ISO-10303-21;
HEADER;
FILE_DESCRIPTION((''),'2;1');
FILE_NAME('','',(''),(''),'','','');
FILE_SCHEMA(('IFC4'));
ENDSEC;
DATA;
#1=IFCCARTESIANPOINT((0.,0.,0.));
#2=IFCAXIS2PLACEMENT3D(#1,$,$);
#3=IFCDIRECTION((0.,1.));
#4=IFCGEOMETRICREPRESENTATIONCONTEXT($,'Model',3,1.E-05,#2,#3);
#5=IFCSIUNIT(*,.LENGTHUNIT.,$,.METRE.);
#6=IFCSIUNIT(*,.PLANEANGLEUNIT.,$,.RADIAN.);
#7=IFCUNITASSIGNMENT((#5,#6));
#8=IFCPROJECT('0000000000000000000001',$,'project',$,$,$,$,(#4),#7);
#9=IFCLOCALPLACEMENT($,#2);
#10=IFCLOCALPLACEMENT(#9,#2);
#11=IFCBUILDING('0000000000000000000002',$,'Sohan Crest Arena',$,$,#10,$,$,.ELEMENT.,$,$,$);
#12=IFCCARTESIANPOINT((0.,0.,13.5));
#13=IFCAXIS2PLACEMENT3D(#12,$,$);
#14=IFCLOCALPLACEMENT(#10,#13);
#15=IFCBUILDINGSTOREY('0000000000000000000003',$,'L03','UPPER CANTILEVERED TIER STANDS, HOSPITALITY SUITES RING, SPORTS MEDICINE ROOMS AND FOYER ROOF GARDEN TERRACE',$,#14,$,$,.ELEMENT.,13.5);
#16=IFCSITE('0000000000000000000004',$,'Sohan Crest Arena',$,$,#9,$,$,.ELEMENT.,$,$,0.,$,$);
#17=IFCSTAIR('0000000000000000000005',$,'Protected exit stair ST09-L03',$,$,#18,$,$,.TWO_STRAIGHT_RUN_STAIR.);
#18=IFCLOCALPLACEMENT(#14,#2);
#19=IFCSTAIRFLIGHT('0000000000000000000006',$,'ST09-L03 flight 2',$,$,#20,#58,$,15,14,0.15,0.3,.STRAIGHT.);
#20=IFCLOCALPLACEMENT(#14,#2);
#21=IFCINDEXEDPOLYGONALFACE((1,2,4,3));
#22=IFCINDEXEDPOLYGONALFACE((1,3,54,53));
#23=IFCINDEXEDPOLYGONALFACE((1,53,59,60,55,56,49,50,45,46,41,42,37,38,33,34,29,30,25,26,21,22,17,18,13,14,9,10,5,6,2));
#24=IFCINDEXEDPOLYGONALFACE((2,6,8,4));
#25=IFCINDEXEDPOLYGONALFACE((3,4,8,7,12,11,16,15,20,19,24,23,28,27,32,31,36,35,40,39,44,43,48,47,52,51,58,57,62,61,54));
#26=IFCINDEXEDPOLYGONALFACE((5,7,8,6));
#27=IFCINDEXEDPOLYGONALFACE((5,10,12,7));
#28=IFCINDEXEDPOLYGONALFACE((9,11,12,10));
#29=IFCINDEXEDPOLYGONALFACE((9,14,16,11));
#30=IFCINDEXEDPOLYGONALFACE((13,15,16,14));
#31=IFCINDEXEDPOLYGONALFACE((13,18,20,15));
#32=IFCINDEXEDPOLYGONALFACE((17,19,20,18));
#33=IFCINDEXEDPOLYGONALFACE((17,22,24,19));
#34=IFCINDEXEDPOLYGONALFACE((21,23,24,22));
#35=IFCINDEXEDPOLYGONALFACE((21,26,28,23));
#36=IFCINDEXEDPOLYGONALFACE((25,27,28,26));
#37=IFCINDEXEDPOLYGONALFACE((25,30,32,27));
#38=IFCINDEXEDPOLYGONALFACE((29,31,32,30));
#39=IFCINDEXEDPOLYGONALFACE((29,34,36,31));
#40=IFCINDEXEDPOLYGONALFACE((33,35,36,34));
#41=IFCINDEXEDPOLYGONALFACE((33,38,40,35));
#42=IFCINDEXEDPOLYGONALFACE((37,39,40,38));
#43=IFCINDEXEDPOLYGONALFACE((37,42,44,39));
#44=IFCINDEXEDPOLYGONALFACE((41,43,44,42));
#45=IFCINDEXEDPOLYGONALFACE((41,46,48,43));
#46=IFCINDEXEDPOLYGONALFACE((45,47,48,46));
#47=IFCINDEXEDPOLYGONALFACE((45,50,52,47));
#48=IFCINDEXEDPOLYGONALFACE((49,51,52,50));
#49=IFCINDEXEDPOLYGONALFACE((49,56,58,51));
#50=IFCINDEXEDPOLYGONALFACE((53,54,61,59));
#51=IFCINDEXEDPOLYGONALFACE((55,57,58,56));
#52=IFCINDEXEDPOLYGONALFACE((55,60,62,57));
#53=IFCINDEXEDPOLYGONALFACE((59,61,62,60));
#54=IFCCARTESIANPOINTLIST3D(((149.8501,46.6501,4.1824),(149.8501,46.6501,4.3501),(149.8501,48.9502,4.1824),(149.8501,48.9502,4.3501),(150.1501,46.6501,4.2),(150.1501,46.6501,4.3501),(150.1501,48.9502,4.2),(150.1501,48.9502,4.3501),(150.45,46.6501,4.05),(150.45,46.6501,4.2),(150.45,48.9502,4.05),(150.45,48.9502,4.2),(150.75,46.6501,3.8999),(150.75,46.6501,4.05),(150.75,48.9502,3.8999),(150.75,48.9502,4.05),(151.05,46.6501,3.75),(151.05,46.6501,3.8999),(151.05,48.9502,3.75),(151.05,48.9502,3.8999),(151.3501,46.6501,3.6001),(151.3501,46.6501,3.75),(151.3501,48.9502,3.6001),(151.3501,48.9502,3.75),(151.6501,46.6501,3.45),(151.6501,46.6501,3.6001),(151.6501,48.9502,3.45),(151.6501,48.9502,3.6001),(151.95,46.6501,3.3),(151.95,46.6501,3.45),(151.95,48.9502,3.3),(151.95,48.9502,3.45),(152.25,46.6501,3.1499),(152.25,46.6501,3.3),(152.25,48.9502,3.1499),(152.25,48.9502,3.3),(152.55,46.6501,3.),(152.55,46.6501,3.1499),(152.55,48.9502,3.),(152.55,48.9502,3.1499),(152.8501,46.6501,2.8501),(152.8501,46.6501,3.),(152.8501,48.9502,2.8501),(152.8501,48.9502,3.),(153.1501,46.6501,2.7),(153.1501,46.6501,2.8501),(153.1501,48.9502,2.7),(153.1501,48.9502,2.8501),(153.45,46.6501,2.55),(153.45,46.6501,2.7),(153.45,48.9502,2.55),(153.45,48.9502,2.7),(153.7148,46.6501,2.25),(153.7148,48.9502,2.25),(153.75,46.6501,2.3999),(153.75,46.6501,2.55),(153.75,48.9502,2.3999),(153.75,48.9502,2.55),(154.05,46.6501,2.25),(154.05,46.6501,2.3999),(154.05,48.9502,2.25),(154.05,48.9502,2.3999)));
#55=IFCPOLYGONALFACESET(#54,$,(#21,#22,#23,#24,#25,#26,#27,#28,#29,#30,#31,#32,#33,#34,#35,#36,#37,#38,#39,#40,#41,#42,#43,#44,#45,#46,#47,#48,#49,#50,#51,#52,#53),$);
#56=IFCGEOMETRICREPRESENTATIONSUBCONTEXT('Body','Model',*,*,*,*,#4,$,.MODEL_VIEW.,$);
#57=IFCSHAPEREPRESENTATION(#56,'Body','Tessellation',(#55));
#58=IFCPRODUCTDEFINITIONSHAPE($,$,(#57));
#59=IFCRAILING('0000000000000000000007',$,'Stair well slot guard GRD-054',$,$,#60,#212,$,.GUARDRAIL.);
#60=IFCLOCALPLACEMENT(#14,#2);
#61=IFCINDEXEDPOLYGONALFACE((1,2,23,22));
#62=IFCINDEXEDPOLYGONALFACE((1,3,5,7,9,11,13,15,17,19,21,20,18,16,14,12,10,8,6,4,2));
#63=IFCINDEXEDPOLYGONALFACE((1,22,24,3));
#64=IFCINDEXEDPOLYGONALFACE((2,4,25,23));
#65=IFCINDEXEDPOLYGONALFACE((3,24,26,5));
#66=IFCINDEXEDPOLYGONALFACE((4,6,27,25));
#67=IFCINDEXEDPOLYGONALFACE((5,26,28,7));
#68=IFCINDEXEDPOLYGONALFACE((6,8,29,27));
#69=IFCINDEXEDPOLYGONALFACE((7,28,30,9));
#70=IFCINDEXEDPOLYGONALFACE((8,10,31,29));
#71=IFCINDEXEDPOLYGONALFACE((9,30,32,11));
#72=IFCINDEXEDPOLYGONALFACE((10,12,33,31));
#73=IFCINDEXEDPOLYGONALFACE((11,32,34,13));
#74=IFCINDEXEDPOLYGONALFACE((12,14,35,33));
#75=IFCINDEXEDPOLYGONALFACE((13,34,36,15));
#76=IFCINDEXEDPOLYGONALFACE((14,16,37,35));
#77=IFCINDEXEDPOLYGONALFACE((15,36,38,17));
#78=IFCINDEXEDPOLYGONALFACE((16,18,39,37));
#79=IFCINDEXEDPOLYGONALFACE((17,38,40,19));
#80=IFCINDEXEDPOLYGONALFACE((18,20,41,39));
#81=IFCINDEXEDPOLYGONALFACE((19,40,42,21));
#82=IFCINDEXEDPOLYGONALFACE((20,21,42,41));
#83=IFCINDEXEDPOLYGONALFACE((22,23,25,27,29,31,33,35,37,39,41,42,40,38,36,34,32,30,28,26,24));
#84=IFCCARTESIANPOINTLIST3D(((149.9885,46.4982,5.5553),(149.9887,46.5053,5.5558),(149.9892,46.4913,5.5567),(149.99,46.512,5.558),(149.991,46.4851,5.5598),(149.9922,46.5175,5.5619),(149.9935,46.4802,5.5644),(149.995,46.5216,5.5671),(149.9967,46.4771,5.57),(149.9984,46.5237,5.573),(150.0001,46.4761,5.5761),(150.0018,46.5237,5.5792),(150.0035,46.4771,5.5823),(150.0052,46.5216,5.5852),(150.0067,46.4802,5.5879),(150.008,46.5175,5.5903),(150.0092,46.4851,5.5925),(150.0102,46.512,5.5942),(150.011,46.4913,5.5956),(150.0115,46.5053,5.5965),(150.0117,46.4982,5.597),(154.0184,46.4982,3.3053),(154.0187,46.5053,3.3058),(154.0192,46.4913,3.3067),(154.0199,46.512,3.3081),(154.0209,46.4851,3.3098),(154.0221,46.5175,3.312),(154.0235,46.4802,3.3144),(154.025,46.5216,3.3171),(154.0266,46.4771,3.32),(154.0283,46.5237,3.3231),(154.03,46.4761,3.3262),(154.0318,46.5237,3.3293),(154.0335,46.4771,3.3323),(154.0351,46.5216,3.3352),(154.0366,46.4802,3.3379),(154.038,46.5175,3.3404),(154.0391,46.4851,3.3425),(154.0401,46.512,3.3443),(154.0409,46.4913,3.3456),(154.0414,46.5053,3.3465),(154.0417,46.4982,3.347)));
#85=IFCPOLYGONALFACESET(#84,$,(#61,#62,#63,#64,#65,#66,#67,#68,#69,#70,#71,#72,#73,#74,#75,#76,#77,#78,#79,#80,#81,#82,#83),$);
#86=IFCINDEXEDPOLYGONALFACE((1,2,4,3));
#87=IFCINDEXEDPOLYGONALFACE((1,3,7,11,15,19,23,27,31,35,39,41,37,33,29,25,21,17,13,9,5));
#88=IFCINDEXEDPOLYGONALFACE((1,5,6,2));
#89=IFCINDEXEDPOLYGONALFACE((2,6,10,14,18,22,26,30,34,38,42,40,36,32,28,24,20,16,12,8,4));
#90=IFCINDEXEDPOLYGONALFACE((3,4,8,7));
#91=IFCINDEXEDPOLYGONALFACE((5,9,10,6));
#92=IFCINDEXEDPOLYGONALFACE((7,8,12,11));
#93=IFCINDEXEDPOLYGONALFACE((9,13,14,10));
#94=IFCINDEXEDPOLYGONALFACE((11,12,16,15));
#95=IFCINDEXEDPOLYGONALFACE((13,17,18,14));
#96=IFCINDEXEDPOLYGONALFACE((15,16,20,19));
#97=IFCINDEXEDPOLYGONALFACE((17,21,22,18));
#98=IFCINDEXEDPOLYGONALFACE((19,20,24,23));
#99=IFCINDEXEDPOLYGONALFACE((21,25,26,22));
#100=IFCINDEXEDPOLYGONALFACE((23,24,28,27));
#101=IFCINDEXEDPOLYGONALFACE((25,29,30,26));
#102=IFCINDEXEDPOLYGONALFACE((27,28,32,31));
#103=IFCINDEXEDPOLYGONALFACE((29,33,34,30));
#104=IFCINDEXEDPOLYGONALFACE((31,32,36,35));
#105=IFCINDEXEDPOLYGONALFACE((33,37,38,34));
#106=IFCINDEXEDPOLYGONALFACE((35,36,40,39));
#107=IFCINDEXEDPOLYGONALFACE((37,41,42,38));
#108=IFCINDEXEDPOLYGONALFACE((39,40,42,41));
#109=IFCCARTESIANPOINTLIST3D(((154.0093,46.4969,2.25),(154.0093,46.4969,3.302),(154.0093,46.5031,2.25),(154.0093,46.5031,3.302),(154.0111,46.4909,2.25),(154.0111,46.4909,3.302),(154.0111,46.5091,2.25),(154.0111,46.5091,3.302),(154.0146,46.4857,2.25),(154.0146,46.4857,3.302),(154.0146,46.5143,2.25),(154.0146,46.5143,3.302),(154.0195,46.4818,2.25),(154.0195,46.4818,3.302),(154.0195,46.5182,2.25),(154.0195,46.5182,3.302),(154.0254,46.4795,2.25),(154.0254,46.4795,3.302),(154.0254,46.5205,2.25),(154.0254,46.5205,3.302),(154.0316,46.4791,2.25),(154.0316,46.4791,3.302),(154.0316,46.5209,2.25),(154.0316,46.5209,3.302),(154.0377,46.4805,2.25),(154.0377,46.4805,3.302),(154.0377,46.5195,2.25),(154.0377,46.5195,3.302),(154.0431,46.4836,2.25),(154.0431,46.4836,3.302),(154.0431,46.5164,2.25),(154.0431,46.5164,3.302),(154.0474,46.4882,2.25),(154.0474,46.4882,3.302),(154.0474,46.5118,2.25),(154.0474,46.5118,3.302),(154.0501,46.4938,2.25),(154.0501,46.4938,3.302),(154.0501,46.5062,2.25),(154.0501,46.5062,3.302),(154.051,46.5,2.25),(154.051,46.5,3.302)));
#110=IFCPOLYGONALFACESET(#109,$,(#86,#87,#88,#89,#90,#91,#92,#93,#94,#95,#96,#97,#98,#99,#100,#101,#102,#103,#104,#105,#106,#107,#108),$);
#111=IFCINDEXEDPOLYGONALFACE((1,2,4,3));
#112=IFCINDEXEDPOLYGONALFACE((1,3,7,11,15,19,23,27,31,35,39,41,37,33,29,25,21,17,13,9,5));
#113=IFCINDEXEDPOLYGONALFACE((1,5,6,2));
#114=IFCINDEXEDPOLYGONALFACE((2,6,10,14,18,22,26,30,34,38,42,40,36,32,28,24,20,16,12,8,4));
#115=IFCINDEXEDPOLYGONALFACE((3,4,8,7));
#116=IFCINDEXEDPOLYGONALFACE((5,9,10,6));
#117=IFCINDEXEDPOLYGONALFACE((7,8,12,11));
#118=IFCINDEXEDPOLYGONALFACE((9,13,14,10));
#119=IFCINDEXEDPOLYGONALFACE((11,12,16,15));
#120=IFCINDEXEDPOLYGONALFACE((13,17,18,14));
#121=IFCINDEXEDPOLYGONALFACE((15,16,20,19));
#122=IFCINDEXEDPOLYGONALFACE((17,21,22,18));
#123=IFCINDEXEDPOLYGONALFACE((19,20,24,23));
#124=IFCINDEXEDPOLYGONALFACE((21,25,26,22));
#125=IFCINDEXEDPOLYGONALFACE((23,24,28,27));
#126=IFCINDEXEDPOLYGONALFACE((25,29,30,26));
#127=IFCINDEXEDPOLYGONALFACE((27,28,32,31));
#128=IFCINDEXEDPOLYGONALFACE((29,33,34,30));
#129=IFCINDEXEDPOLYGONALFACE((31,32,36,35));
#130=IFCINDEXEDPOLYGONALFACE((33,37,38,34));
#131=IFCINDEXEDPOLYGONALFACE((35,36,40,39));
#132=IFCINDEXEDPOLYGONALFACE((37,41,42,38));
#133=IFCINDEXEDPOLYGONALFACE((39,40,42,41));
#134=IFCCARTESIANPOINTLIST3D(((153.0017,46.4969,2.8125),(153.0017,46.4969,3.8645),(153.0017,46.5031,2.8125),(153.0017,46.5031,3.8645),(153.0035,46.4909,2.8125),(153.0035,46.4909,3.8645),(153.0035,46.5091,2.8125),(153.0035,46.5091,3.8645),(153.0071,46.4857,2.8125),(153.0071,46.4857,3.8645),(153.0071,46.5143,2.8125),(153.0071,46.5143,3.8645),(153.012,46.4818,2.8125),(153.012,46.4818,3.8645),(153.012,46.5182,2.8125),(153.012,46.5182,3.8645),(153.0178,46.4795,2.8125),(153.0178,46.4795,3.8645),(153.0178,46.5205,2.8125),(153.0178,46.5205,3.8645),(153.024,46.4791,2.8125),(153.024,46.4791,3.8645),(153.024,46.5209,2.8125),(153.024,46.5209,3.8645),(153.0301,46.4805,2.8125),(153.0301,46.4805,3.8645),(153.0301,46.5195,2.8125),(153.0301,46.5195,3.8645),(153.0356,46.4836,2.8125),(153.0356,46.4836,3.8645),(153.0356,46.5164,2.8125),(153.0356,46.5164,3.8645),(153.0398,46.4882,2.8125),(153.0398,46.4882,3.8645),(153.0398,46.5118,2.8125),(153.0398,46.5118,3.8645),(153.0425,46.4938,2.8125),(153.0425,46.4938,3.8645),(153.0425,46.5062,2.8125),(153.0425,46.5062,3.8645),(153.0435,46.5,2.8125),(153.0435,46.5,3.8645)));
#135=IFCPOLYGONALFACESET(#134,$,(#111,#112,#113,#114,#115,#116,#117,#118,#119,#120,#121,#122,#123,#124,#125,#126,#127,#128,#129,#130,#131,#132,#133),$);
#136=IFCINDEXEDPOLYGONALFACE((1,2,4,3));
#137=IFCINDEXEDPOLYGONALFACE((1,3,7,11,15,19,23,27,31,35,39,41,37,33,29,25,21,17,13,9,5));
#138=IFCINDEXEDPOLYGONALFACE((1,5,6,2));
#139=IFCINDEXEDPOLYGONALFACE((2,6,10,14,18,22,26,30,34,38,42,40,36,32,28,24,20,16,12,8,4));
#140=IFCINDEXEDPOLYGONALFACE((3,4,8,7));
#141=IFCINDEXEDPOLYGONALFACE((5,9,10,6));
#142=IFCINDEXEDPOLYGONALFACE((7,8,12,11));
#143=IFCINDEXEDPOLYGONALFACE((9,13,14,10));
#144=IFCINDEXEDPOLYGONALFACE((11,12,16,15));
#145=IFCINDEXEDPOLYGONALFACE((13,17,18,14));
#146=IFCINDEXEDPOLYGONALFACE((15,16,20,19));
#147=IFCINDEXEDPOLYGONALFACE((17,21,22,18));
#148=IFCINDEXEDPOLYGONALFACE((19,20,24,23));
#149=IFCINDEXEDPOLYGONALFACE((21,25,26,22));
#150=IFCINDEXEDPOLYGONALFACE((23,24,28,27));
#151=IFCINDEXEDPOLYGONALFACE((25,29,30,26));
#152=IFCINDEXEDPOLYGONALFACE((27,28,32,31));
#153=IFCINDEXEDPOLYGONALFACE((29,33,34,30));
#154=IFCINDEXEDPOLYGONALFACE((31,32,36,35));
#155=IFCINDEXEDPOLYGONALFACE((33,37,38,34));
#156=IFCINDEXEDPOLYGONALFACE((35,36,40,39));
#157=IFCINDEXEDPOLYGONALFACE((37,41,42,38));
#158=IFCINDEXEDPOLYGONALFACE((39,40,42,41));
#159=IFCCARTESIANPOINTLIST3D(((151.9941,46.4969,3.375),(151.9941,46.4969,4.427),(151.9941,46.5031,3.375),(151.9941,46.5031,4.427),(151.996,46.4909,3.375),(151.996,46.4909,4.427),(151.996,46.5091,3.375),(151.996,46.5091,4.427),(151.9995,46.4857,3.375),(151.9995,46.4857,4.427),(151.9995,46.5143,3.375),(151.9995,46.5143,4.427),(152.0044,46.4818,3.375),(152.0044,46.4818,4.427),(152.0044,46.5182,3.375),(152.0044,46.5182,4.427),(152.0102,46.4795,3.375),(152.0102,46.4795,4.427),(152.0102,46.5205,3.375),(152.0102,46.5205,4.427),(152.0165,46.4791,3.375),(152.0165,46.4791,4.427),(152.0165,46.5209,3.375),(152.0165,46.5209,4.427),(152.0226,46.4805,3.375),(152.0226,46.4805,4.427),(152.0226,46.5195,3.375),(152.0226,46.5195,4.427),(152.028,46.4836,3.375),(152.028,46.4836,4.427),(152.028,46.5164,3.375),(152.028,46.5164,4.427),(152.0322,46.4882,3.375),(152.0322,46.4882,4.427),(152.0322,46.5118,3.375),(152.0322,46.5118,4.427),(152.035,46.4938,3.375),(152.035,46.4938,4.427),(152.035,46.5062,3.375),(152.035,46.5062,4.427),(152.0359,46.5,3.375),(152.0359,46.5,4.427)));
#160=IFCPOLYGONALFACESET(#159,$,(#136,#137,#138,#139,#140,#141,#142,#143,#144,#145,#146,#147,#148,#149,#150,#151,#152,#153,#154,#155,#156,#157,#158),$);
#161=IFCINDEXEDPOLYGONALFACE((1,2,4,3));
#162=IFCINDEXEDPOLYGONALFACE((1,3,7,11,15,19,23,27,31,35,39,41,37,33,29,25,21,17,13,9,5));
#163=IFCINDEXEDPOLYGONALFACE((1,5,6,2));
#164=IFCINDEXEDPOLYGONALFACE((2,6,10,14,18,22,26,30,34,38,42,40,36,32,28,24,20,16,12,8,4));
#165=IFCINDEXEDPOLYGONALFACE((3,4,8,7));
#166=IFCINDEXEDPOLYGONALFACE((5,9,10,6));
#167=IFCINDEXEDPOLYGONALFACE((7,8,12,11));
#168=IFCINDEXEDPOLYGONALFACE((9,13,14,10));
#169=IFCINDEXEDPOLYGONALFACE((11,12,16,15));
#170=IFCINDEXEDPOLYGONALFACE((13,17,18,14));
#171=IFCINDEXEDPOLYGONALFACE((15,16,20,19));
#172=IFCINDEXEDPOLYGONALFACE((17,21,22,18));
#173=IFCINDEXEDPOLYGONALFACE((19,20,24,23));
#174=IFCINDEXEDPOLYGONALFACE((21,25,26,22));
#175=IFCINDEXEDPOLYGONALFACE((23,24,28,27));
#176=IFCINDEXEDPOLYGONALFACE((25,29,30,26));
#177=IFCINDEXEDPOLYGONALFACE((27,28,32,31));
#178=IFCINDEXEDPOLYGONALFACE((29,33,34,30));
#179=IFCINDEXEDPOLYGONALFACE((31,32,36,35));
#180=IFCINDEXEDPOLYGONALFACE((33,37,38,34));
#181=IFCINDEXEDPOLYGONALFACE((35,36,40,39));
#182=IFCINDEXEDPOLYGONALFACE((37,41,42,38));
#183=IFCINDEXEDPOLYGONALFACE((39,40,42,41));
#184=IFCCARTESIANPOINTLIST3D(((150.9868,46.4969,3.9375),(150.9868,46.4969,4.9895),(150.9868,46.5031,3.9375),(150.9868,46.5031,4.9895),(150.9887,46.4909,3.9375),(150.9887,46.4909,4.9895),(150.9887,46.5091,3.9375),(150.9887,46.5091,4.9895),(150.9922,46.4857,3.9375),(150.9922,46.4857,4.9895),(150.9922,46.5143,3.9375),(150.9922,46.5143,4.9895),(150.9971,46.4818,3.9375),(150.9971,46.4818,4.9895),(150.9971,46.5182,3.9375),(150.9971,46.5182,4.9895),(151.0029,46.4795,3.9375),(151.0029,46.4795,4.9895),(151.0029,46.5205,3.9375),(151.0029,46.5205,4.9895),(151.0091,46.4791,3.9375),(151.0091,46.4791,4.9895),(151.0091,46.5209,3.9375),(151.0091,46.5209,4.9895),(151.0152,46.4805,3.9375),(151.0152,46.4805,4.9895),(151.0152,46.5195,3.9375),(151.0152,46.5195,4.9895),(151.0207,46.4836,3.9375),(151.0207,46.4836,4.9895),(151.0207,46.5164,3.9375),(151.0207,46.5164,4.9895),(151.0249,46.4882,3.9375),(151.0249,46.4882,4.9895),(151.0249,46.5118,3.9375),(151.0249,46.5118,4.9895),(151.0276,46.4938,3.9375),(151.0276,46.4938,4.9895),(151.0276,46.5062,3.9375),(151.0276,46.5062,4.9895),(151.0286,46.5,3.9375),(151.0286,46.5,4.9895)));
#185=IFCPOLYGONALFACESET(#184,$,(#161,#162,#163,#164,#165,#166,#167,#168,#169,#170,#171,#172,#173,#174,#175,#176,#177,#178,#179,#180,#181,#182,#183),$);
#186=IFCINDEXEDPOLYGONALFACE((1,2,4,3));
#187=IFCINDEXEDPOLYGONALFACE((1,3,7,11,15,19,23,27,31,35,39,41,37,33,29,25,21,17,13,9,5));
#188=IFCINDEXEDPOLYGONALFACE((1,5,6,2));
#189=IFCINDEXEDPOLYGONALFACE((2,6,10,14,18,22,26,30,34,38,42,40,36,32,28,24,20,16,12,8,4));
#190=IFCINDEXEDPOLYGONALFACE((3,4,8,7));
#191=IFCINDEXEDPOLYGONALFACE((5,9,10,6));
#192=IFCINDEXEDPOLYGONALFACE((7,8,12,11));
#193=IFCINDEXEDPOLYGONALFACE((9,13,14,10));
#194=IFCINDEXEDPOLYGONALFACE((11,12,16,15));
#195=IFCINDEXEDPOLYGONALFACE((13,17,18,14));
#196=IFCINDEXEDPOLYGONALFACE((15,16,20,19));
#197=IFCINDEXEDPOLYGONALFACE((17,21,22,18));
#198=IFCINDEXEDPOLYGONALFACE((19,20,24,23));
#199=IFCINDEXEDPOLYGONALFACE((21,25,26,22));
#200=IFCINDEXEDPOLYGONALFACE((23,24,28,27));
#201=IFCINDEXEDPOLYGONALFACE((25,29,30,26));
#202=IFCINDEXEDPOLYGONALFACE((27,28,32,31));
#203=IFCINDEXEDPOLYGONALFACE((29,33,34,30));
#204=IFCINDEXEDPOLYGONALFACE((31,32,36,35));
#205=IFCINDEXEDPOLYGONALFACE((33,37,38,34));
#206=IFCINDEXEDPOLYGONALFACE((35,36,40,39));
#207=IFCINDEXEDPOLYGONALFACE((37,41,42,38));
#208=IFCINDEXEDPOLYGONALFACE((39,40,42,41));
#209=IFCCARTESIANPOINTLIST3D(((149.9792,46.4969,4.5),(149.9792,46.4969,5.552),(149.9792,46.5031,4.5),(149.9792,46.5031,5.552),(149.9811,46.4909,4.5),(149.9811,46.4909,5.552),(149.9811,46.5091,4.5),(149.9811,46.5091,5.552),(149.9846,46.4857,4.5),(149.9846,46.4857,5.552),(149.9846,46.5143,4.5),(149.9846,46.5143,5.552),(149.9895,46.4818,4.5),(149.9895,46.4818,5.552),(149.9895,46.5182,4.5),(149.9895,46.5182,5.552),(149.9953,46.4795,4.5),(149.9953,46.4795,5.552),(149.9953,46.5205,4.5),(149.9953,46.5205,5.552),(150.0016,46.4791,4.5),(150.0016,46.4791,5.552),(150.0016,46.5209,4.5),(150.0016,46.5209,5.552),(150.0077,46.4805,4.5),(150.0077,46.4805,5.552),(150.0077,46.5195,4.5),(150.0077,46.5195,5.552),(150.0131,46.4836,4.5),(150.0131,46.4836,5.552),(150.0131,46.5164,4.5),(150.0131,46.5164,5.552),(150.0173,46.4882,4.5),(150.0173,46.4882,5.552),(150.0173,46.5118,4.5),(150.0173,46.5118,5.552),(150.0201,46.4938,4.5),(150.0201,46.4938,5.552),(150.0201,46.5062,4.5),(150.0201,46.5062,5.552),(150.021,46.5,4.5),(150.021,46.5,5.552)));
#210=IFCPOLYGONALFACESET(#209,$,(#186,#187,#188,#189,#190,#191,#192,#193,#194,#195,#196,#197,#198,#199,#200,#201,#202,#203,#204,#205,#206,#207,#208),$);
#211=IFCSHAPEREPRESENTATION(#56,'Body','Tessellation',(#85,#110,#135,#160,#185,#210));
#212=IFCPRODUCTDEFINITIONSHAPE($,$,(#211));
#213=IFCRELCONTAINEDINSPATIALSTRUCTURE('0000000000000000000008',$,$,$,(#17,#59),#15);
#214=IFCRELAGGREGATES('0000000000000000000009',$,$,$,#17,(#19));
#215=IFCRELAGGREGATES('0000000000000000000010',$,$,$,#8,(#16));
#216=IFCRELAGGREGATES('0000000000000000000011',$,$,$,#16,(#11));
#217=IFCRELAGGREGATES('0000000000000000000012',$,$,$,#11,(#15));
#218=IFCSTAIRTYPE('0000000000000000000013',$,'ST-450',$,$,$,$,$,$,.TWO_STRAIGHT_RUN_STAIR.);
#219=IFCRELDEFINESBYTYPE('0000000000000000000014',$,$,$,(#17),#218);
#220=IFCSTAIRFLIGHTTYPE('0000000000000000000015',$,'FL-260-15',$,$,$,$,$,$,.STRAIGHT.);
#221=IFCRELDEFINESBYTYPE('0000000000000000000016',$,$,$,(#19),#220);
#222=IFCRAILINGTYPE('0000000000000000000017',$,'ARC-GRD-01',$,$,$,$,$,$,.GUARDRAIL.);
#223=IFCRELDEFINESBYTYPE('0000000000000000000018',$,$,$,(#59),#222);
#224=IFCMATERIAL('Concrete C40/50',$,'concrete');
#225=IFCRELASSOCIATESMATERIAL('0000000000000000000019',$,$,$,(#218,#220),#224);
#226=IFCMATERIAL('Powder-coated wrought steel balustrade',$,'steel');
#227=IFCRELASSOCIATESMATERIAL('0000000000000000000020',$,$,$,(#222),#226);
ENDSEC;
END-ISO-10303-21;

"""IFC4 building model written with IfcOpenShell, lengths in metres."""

from ifc_helpers import new_model, si_unit, direction, frame, origin, origin_2d, place, context, subcontext, project, spatial, polyline, circle, outline, extrude, material, type_object, element, aggregate, save


model = new_model("IFC4")

# Units and contexts
model_context = context("Model", 3, precision=1e-05, world=origin(), true_north=direction((0.0, 1.0)))
body_context = subcontext(model_context, "Body", "Model", "MODEL_VIEW")
ifc_project = project(units=[si_unit("LENGTHUNIT", "METRE"), si_unit("PLANEANGLEUNIT", "RADIAN")], contexts=[model_context])

# Site, building, storey
site_placement = place(None, origin())
site = spatial("IfcSite", under=ifc_project, at=site_placement, Name="Sohan Crest Arena", CompositionType="ELEMENT", RefElevation=0.0)
building_placement = place(site_placement, origin())
building = spatial("IfcBuilding", under=site, at=building_placement, Name="Sohan Crest Arena", CompositionType="ELEMENT")
storey_placement = place(building_placement, frame((0.0, 0.0, 13.5)))
storey = spatial("IfcBuildingStorey", under=building, at=storey_placement, Name="L03", Description="UPPER CANTILEVERED TIER STANDS, HOSPITALITY SUITES RING, SPORTS MEDICINE ROOMS AND FOYER ROOF GARDEN TERRACE", CompositionType="ELEMENT", Elevation=13.5)

# Shared definitions
ifc_material_1 = material(Name="Concrete C40/50", Category="concrete")

# Stair, stair flight
stair_type = type_object("IfcStairType", Name="ST-450", PredefinedType="TWO_STRAIGHT_RUN_STAIR", material=ifc_material_1)
stair_placement = place(storey_placement, origin())
stair = element("IfcStair", 1, at=stair_placement, inside=storey, type_object=stair_type, Name="Protected exit stair ST09-L03", PredefinedType="TWO_STRAIGHT_RUN_STAIR")
stair_flight_type = type_object("IfcStairFlightType", Name="FL-260-15", PredefinedType="STRAIGHT", material=ifc_material_1)
stair_flight_1_placement = place(storey_placement, frame((154.05, 47.8, 2.25), z_axis=(0.0, 0.0, 1.0), x_axis=(-1.0, 0.0, 0.0)))
stair_flight_1 = element("IfcStairFlight", 2, at=stair_flight_1_placement, type_object=stair_flight_type, Name="ST09-L03 flight 2", NumberOfRisers=15, NumberOfTreads=14, PredefinedType="STRAIGHT", RiserHeight=0.15, TreadLength=0.3, context=body_context, shape_type="SweptSolid", body=[
    extrude(outline(polyline([(0.0, 0.0), (0.0, 0.1499), (0.3, 0.1499), (0.3, 0.3), (0.6001, 0.3), (0.6001, 0.45), (0.8999, 0.45), (0.8999, 0.6001), (1.2, 0.6001), (1.2, 0.75), (1.5, 0.75), (1.5, 0.8999), (1.8, 0.8999), (1.8, 1.05), (2.1001, 1.05), (2.1001, 1.2), (2.3999, 1.2), (2.3999, 1.3501), (2.7, 1.3501), (2.7, 1.5), (3.0, 1.5), (3.0, 1.6499), (3.3, 1.6499), (3.3, 1.8), (3.6001, 1.8), (3.6001, 1.95), (3.8999, 1.95), (3.8999, 2.1001), (4.2, 2.1001), (4.2, 2.25), (4.2, 1.9324), (0.3352, 0.0), (0.0, 0.0)])), frame((0.0, 1.1499, 0.0), z_axis=(0.0, -1.0, 0.0), x_axis=(1.0, 0.0, 0.0)), (0.0, 0.0, 1.0), 2.3),
])
aggregate(stair, [stair_flight_1])

# Railing
ifc_material_2 = material(Name="Powder-coated wrought steel balustrade", Category="steel")
railing_type_1 = type_object("IfcRailingType", Name="ARC-GRD-01", PredefinedType="GUARDRAIL", material=ifc_material_2)
railing_1_placement = place(storey_placement, frame((154.03, 46.5, 2.25)))
element("IfcRailing", 3, at=railing_1_placement, inside=storey, type_object=railing_type_1, Name="Stair well slot guard GRD-054", PredefinedType="GUARDRAIL", context=body_context, shape_type="SweptSolid", body=[
    extrude(circle(Radius=0.0239, at=origin_2d()), frame((0.0, 0.0, 1.0762), z_axis=(-0.873135, 0.0, 0.487479), x_axis=(0.0, -1.0, 0.0)), (0.0, 0.0, 1.0), 4.6155),
    extrude(circle(Radius=0.021, at=origin_2d()), origin(), (0.0, 0.0, 1.0), 1.052),
    extrude(circle(Radius=0.021, at=origin_2d()), frame((-1.0076, 0.0, 0.5625)), (0.0, 0.0, 1.0), 1.052),
    extrude(circle(Radius=0.021, at=origin_2d()), frame((-2.0151, 0.0, 1.125)), (0.0, 0.0, 1.0), 1.052),
    extrude(circle(Radius=0.021, at=origin_2d()), frame((-3.0225, 0.0, 1.6875)), (0.0, 0.0, 1.0), 1.052),
    extrude(circle(Radius=0.021, at=origin_2d()), frame((-4.03, 0.0, 2.25)), (0.0, 0.0, 1.0), 1.052),
])

save(model, "model.ifc")
